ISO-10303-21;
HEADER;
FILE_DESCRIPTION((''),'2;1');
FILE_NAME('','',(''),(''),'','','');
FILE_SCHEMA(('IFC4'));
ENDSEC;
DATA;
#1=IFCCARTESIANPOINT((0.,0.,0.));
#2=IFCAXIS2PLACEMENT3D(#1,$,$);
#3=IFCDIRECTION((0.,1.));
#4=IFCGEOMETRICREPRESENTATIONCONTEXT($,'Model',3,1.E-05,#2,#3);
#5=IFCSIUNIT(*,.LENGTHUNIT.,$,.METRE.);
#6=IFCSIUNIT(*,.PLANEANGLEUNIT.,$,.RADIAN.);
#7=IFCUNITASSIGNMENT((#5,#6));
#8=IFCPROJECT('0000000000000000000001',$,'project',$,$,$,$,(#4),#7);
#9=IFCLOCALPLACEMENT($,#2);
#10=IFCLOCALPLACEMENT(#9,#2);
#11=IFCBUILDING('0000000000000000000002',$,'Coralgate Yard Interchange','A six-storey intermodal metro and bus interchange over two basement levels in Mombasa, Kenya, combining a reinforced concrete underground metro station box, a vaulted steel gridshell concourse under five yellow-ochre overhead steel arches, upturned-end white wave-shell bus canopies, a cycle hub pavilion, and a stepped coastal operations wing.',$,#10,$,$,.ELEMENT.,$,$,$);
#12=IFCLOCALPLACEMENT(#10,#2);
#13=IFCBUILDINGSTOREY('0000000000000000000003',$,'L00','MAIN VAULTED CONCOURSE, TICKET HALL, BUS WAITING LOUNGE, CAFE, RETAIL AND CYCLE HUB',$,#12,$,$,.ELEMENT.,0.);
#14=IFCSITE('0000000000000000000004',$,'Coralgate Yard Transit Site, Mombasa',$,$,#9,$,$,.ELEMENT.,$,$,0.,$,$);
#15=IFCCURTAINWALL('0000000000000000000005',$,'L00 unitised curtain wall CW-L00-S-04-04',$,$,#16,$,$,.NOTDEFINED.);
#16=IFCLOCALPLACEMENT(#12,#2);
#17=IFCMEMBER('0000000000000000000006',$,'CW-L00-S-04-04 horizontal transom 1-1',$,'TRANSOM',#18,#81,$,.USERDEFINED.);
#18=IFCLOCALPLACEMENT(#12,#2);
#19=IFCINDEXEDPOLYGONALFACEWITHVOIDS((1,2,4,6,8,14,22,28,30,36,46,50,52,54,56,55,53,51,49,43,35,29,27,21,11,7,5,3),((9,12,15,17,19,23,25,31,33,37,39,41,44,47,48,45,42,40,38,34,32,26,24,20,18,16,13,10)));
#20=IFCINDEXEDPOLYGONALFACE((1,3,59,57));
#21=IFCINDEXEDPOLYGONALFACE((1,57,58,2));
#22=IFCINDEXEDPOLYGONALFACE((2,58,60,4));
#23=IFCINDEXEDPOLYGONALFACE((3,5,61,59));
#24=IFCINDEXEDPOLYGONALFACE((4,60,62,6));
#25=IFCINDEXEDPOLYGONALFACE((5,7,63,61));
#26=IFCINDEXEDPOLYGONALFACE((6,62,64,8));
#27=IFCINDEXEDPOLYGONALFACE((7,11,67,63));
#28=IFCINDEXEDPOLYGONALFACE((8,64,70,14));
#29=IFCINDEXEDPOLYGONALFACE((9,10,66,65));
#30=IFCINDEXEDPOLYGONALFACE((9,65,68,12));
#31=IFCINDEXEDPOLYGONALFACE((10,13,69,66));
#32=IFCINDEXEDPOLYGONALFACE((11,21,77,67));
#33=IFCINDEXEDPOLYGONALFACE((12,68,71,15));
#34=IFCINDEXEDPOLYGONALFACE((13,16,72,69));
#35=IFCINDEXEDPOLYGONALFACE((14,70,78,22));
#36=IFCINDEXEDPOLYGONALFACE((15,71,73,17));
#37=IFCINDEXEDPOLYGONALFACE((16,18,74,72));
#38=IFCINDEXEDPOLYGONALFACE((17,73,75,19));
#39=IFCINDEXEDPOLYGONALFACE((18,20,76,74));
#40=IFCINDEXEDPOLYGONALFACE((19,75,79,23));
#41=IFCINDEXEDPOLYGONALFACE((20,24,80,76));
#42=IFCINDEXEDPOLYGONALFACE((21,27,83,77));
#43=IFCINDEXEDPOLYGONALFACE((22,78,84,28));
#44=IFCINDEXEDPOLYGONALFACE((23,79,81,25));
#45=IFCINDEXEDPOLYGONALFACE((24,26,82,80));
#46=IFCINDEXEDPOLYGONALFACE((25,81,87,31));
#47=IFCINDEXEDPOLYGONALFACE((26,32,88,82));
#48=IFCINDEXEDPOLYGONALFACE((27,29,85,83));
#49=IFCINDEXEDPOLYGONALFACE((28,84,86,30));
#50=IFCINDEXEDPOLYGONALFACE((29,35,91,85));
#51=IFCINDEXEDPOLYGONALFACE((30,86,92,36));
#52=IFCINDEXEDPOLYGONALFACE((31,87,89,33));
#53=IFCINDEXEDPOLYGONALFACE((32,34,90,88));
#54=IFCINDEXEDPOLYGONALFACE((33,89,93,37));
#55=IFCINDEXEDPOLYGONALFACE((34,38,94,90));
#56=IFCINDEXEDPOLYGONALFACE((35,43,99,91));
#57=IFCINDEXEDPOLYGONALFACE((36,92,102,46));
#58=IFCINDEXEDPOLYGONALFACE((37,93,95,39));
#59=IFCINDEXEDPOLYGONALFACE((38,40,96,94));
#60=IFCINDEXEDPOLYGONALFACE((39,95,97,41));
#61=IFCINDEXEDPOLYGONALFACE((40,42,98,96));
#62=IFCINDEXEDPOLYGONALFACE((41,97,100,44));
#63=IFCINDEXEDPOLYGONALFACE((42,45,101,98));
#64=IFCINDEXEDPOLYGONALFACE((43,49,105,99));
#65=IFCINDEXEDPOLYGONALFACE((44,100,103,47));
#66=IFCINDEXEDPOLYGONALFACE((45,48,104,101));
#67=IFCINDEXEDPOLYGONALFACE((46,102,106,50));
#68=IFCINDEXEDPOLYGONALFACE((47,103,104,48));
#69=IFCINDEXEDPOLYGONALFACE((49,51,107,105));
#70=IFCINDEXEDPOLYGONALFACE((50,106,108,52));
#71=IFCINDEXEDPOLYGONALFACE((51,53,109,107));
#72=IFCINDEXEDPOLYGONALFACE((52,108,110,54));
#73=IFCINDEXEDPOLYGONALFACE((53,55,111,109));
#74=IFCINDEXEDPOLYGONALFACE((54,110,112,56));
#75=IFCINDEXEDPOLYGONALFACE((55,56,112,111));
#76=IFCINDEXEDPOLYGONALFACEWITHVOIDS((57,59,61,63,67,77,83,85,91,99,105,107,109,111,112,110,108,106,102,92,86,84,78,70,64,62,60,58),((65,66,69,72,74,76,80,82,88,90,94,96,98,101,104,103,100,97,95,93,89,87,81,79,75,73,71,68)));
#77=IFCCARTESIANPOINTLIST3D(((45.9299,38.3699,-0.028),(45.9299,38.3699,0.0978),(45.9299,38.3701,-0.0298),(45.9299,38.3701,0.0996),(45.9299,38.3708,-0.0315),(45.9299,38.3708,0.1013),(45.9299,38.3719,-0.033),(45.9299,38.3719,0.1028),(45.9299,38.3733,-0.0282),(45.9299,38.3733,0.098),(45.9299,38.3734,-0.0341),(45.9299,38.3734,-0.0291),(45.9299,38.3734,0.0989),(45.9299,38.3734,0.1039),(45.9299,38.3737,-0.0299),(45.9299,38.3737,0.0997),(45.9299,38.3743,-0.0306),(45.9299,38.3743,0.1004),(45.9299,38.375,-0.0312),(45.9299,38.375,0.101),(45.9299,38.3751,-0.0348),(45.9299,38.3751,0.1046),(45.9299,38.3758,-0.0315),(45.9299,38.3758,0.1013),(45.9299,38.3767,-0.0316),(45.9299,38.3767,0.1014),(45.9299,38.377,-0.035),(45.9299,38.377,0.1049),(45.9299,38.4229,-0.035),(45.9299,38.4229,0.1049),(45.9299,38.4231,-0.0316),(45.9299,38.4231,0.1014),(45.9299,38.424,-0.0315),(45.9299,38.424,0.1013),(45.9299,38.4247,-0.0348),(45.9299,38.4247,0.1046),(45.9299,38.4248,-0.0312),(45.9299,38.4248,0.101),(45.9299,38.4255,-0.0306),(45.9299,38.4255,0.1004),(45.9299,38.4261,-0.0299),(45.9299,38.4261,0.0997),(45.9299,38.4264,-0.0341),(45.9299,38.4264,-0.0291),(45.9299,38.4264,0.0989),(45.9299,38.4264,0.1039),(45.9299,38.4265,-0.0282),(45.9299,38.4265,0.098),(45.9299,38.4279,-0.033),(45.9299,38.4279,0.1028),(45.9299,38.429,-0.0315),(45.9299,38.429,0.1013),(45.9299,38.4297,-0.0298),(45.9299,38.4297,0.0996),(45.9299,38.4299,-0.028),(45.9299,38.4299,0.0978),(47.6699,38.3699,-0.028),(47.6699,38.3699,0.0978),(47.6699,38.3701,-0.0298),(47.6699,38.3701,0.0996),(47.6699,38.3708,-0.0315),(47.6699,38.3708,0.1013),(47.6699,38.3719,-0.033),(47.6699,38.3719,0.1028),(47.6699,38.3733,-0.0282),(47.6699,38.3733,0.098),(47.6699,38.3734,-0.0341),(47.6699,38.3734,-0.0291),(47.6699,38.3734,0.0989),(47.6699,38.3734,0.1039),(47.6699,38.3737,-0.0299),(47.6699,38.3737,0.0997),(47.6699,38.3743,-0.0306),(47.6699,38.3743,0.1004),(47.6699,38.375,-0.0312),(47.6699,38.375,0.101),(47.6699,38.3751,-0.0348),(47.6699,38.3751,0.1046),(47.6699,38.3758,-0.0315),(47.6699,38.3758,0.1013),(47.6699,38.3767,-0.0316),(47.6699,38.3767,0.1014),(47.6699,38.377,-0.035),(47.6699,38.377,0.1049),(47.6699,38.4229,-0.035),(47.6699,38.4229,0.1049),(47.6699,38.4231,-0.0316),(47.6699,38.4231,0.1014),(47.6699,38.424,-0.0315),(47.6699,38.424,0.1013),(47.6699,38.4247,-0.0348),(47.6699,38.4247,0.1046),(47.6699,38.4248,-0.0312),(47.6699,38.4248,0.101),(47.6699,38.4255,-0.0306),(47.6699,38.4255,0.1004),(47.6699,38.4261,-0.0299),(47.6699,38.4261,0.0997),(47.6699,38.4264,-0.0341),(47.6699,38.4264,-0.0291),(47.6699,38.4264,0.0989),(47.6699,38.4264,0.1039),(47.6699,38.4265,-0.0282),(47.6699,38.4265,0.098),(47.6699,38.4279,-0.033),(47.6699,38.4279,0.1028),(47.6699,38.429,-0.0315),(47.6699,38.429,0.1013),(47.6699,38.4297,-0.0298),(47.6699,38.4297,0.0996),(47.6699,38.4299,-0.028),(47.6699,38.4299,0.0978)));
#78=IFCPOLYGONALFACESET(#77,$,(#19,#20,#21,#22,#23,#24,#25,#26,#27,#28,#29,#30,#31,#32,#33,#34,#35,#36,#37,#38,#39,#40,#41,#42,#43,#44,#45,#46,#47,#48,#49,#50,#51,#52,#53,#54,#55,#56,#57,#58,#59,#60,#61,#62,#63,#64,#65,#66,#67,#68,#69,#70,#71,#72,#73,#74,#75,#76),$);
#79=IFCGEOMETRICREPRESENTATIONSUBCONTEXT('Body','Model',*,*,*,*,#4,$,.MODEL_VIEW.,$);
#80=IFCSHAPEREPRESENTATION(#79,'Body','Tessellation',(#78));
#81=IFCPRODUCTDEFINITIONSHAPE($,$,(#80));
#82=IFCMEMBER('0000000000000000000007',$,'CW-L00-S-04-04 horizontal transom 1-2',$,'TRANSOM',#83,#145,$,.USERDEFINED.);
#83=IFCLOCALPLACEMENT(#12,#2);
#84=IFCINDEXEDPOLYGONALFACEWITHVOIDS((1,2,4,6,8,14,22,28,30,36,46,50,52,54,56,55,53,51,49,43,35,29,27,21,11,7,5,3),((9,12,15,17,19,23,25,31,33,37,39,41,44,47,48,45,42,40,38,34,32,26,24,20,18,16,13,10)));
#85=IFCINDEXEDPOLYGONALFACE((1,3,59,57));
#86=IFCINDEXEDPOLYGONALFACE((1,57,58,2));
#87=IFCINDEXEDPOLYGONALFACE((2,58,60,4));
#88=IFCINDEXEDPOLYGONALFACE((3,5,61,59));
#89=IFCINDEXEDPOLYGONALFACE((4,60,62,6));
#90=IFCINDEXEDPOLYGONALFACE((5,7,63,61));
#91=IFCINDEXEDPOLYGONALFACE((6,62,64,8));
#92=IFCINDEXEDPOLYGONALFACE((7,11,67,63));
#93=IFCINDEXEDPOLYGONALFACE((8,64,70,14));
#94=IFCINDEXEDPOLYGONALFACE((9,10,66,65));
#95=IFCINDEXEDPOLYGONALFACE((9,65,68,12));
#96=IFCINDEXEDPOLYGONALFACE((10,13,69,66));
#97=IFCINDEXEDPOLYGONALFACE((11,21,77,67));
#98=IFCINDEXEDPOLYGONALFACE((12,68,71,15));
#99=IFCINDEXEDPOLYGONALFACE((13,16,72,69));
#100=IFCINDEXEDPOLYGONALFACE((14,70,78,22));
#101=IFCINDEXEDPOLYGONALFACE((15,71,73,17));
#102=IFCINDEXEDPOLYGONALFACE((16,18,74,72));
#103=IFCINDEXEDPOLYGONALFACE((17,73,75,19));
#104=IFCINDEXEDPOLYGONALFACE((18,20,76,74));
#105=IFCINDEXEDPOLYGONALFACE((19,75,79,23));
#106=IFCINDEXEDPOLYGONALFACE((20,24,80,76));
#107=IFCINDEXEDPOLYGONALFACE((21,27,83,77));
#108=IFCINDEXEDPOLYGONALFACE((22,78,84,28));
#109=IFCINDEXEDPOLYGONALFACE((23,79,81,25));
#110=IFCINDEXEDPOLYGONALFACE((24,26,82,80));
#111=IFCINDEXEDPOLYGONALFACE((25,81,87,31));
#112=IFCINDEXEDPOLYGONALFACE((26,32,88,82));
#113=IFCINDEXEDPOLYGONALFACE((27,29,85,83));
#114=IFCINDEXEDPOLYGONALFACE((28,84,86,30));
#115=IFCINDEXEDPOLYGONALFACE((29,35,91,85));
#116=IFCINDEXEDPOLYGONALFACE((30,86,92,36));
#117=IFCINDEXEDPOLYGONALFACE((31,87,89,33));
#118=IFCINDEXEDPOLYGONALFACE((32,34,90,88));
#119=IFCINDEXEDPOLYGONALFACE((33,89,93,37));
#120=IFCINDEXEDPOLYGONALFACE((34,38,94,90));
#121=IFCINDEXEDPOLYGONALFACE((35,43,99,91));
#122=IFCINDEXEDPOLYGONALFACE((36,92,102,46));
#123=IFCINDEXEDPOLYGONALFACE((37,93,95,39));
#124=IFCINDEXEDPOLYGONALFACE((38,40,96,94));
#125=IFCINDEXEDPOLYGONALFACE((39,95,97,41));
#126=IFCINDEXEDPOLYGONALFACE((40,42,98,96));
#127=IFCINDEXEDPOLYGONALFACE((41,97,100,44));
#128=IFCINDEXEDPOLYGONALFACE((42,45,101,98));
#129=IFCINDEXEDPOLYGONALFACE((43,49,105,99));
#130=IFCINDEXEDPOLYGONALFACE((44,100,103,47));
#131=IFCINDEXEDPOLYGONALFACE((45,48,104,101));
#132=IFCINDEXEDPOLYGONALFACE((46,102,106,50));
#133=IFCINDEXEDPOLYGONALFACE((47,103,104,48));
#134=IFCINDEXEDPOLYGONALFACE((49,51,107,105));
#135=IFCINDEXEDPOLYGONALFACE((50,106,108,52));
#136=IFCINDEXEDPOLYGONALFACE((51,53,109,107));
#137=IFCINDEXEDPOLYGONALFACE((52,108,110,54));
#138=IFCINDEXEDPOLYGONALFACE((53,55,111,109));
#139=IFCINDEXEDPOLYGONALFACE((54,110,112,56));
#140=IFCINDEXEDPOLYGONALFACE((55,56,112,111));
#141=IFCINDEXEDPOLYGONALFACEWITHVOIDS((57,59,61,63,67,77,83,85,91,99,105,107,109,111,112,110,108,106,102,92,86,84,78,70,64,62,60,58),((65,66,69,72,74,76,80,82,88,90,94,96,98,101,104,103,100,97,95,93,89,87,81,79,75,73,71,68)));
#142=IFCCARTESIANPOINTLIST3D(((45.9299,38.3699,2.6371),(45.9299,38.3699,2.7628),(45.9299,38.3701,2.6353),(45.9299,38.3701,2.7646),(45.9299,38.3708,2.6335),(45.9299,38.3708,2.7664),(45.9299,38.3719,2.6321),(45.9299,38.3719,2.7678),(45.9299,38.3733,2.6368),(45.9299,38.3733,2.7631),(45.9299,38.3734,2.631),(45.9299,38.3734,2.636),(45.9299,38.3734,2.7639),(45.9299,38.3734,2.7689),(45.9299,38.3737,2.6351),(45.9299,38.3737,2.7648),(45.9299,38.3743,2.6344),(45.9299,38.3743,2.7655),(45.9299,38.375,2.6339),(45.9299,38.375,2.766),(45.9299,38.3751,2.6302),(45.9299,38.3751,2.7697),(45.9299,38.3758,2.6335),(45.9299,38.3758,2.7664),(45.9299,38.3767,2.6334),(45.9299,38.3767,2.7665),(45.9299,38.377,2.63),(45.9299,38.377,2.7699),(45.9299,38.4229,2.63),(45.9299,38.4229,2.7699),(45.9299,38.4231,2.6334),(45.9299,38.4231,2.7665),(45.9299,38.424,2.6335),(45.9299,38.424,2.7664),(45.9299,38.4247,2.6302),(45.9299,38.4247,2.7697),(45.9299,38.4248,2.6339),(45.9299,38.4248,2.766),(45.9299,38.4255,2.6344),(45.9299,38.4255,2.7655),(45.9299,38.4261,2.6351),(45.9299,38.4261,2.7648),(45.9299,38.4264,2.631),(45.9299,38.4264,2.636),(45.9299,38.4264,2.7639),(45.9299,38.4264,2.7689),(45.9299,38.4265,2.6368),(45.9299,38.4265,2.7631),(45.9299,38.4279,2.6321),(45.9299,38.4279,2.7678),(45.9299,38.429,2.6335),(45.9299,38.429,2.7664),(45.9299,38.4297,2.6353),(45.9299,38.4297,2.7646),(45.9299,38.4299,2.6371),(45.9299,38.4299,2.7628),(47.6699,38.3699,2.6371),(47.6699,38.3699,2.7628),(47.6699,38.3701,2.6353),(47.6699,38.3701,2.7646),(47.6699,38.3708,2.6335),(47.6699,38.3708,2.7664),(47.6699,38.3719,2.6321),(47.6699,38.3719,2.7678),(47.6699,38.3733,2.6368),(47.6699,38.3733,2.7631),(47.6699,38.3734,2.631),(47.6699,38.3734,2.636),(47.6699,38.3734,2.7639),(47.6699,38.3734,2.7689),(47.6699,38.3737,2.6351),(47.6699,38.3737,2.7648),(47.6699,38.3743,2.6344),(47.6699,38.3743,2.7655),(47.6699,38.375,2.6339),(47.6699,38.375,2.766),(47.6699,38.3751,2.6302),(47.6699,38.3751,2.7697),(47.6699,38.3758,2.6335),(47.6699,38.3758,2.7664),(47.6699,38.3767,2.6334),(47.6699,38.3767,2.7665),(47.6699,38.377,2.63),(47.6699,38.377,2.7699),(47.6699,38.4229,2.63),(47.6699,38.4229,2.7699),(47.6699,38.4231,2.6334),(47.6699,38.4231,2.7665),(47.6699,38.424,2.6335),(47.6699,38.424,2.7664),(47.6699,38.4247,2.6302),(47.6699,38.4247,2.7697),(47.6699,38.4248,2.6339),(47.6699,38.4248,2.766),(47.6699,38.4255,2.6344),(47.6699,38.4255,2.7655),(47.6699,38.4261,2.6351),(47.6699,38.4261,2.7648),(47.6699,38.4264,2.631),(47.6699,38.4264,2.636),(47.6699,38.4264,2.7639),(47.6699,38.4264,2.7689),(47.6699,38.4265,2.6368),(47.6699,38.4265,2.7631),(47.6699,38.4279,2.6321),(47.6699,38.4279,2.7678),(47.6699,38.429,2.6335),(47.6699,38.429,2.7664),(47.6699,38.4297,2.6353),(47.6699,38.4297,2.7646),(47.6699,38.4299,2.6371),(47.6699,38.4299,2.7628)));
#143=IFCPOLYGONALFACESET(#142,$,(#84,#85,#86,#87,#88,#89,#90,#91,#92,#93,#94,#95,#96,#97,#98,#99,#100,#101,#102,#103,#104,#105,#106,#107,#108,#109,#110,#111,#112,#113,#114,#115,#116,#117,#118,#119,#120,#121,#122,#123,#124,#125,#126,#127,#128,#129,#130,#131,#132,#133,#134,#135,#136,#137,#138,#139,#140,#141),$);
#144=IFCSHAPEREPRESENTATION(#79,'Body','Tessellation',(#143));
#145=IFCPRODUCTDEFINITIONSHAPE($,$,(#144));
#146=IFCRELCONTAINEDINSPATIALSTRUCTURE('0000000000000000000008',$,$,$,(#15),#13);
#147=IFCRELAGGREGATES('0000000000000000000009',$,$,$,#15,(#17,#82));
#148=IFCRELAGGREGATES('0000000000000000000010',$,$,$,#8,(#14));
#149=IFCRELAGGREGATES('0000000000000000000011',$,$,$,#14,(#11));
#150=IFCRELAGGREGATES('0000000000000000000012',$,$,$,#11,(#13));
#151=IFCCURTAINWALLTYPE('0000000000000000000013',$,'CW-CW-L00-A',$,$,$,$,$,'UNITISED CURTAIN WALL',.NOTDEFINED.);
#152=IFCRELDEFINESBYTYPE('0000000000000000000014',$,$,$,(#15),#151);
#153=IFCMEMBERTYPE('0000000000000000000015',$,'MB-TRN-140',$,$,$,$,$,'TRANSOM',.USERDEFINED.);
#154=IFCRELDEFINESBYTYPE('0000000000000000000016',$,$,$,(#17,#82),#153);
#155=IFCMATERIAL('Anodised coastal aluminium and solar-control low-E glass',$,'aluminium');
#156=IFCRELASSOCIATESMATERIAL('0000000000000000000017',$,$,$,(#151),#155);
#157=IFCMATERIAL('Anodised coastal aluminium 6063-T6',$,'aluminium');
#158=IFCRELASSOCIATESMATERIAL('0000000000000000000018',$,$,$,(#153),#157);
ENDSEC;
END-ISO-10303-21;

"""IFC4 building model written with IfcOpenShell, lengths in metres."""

from ifc_helpers import new_model, si_unit, direction, frame, origin, origin_2d, place, context, subcontext, project, spatial, hollow_rectangle, extrude, material, material_profile, profile_set, type_object, element, aggregate, save


model = new_model("IFC4")

# Units and contexts
model_context = context("Model", 3, precision=1e-05, world=origin(), true_north=direction((0.0, 1.0)))
body_context = subcontext(model_context, "Body", "Model", "MODEL_VIEW")
ifc_project = project(units=[si_unit("LENGTHUNIT", "METRE"), si_unit("PLANEANGLEUNIT", "RADIAN")], contexts=[model_context])

# Site, building, storey
site_placement = place(None, origin())
site = spatial("IfcSite", under=ifc_project, at=site_placement, Name="Coralgate Yard Transit Site, Mombasa", CompositionType="ELEMENT", RefElevation=0.0)
building_placement = place(site_placement, origin())
building = spatial("IfcBuilding", under=site, at=building_placement, Name="Coralgate Yard Interchange", Description="A six-storey intermodal metro and bus interchange over two basement levels in Mombasa, Kenya, combining a reinforced concrete underground metro station box, a vaulted steel gridshell concourse under five yellow-ochre overhead steel arches, upturned-end white wave-shell bus canopies, a cycle hub pavilion, and a stepped coastal operations wing.", CompositionType="ELEMENT")
storey_placement = place(building_placement, origin())
storey = spatial("IfcBuildingStorey", under=building, at=storey_placement, Name="L00", Description="MAIN VAULTED CONCOURSE, TICKET HALL, BUS WAITING LOUNGE, CAFE, RETAIL AND CYCLE HUB", CompositionType="ELEMENT", Elevation=0.0)

# Curtain wall
ifc_material_1 = material(Name="Anodised coastal aluminium and solar-control low-E glass", Category="aluminium")
curtain_wall_type = type_object("IfcCurtainWallType", Name="CW-CW-L00-A", ElementType="UNITISED CURTAIN WALL", PredefinedType="NOTDEFINED", material=ifc_material_1)
curtain_wall_1_placement = place(storey_placement, origin())
curtain_wall_1 = element("IfcCurtainWall", 1, at=curtain_wall_1_placement, inside=storey, type_object=curtain_wall_type, Name="L00 unitised curtain wall CW-L00-S-04-04", PredefinedType="NOTDEFINED")
ifc_material_2 = material(Name="Anodised coastal aluminium 6063-T6", Category="aluminium")

# Members
ifc_material_profile_1 = material_profile(ifc_material_2, hollow_rectangle(XDim=0.0601, YDim=0.1399, WallThickness=0.0034, InnerFilletRadius=0.0034, OuterFilletRadius=0.0071, at=origin_2d()), Name="ALU 60x140x3.5")
ifc_profile_set_1 = profile_set([ifc_material_profile_1], Name="Anodised coastal aluminium 6063-T6")
member_type_1 = type_object("IfcMemberType", Name="MB-TRN-140", ElementType="TRANSOM", PredefinedType="USERDEFINED", material=ifc_profile_set_1)
member_1_placement = place(storey_placement, frame((47.6699, 38.3999, 0.0349), z_axis=(-1.0, 0.0, 0.0), x_axis=(0.0, -1.0, 0.0)))
member_1 = element("IfcMember", 2, at=member_1_placement, type_object=member_type_1, Name="CW-L00-S-04-04 horizontal transom 1-1", ObjectType="TRANSOM", PredefinedType="USERDEFINED", context=body_context, shape_type="SweptSolid", body=[
    extrude(hollow_rectangle(XDim=0.0601, YDim=0.1399, WallThickness=0.0034, InnerFilletRadius=0.0034, OuterFilletRadius=0.0071, at=origin_2d()), origin(), (0.0, 0.0, 1.0), 1.74),
])
member_2_placement = place(storey_placement, frame((47.6699, 38.3999, 2.7), z_axis=(-1.0, 0.0, 0.0), x_axis=(0.0, -1.0, 0.0)))
member_2 = element("IfcMember", 3, at=member_2_placement, type_object=member_type_1, Name="CW-L00-S-04-04 horizontal transom 1-2", ObjectType="TRANSOM", PredefinedType="USERDEFINED", context=body_context, shape_type="SweptSolid", body=[
    extrude(hollow_rectangle(XDim=0.0601, YDim=0.1399, WallThickness=0.0034, InnerFilletRadius=0.0034, OuterFilletRadius=0.0071, at=origin_2d()), origin(), (0.0, 0.0, 1.0), 1.74),
])

aggregate(curtain_wall_1, [member_1, member_2])

save(model, "model.ifc")
